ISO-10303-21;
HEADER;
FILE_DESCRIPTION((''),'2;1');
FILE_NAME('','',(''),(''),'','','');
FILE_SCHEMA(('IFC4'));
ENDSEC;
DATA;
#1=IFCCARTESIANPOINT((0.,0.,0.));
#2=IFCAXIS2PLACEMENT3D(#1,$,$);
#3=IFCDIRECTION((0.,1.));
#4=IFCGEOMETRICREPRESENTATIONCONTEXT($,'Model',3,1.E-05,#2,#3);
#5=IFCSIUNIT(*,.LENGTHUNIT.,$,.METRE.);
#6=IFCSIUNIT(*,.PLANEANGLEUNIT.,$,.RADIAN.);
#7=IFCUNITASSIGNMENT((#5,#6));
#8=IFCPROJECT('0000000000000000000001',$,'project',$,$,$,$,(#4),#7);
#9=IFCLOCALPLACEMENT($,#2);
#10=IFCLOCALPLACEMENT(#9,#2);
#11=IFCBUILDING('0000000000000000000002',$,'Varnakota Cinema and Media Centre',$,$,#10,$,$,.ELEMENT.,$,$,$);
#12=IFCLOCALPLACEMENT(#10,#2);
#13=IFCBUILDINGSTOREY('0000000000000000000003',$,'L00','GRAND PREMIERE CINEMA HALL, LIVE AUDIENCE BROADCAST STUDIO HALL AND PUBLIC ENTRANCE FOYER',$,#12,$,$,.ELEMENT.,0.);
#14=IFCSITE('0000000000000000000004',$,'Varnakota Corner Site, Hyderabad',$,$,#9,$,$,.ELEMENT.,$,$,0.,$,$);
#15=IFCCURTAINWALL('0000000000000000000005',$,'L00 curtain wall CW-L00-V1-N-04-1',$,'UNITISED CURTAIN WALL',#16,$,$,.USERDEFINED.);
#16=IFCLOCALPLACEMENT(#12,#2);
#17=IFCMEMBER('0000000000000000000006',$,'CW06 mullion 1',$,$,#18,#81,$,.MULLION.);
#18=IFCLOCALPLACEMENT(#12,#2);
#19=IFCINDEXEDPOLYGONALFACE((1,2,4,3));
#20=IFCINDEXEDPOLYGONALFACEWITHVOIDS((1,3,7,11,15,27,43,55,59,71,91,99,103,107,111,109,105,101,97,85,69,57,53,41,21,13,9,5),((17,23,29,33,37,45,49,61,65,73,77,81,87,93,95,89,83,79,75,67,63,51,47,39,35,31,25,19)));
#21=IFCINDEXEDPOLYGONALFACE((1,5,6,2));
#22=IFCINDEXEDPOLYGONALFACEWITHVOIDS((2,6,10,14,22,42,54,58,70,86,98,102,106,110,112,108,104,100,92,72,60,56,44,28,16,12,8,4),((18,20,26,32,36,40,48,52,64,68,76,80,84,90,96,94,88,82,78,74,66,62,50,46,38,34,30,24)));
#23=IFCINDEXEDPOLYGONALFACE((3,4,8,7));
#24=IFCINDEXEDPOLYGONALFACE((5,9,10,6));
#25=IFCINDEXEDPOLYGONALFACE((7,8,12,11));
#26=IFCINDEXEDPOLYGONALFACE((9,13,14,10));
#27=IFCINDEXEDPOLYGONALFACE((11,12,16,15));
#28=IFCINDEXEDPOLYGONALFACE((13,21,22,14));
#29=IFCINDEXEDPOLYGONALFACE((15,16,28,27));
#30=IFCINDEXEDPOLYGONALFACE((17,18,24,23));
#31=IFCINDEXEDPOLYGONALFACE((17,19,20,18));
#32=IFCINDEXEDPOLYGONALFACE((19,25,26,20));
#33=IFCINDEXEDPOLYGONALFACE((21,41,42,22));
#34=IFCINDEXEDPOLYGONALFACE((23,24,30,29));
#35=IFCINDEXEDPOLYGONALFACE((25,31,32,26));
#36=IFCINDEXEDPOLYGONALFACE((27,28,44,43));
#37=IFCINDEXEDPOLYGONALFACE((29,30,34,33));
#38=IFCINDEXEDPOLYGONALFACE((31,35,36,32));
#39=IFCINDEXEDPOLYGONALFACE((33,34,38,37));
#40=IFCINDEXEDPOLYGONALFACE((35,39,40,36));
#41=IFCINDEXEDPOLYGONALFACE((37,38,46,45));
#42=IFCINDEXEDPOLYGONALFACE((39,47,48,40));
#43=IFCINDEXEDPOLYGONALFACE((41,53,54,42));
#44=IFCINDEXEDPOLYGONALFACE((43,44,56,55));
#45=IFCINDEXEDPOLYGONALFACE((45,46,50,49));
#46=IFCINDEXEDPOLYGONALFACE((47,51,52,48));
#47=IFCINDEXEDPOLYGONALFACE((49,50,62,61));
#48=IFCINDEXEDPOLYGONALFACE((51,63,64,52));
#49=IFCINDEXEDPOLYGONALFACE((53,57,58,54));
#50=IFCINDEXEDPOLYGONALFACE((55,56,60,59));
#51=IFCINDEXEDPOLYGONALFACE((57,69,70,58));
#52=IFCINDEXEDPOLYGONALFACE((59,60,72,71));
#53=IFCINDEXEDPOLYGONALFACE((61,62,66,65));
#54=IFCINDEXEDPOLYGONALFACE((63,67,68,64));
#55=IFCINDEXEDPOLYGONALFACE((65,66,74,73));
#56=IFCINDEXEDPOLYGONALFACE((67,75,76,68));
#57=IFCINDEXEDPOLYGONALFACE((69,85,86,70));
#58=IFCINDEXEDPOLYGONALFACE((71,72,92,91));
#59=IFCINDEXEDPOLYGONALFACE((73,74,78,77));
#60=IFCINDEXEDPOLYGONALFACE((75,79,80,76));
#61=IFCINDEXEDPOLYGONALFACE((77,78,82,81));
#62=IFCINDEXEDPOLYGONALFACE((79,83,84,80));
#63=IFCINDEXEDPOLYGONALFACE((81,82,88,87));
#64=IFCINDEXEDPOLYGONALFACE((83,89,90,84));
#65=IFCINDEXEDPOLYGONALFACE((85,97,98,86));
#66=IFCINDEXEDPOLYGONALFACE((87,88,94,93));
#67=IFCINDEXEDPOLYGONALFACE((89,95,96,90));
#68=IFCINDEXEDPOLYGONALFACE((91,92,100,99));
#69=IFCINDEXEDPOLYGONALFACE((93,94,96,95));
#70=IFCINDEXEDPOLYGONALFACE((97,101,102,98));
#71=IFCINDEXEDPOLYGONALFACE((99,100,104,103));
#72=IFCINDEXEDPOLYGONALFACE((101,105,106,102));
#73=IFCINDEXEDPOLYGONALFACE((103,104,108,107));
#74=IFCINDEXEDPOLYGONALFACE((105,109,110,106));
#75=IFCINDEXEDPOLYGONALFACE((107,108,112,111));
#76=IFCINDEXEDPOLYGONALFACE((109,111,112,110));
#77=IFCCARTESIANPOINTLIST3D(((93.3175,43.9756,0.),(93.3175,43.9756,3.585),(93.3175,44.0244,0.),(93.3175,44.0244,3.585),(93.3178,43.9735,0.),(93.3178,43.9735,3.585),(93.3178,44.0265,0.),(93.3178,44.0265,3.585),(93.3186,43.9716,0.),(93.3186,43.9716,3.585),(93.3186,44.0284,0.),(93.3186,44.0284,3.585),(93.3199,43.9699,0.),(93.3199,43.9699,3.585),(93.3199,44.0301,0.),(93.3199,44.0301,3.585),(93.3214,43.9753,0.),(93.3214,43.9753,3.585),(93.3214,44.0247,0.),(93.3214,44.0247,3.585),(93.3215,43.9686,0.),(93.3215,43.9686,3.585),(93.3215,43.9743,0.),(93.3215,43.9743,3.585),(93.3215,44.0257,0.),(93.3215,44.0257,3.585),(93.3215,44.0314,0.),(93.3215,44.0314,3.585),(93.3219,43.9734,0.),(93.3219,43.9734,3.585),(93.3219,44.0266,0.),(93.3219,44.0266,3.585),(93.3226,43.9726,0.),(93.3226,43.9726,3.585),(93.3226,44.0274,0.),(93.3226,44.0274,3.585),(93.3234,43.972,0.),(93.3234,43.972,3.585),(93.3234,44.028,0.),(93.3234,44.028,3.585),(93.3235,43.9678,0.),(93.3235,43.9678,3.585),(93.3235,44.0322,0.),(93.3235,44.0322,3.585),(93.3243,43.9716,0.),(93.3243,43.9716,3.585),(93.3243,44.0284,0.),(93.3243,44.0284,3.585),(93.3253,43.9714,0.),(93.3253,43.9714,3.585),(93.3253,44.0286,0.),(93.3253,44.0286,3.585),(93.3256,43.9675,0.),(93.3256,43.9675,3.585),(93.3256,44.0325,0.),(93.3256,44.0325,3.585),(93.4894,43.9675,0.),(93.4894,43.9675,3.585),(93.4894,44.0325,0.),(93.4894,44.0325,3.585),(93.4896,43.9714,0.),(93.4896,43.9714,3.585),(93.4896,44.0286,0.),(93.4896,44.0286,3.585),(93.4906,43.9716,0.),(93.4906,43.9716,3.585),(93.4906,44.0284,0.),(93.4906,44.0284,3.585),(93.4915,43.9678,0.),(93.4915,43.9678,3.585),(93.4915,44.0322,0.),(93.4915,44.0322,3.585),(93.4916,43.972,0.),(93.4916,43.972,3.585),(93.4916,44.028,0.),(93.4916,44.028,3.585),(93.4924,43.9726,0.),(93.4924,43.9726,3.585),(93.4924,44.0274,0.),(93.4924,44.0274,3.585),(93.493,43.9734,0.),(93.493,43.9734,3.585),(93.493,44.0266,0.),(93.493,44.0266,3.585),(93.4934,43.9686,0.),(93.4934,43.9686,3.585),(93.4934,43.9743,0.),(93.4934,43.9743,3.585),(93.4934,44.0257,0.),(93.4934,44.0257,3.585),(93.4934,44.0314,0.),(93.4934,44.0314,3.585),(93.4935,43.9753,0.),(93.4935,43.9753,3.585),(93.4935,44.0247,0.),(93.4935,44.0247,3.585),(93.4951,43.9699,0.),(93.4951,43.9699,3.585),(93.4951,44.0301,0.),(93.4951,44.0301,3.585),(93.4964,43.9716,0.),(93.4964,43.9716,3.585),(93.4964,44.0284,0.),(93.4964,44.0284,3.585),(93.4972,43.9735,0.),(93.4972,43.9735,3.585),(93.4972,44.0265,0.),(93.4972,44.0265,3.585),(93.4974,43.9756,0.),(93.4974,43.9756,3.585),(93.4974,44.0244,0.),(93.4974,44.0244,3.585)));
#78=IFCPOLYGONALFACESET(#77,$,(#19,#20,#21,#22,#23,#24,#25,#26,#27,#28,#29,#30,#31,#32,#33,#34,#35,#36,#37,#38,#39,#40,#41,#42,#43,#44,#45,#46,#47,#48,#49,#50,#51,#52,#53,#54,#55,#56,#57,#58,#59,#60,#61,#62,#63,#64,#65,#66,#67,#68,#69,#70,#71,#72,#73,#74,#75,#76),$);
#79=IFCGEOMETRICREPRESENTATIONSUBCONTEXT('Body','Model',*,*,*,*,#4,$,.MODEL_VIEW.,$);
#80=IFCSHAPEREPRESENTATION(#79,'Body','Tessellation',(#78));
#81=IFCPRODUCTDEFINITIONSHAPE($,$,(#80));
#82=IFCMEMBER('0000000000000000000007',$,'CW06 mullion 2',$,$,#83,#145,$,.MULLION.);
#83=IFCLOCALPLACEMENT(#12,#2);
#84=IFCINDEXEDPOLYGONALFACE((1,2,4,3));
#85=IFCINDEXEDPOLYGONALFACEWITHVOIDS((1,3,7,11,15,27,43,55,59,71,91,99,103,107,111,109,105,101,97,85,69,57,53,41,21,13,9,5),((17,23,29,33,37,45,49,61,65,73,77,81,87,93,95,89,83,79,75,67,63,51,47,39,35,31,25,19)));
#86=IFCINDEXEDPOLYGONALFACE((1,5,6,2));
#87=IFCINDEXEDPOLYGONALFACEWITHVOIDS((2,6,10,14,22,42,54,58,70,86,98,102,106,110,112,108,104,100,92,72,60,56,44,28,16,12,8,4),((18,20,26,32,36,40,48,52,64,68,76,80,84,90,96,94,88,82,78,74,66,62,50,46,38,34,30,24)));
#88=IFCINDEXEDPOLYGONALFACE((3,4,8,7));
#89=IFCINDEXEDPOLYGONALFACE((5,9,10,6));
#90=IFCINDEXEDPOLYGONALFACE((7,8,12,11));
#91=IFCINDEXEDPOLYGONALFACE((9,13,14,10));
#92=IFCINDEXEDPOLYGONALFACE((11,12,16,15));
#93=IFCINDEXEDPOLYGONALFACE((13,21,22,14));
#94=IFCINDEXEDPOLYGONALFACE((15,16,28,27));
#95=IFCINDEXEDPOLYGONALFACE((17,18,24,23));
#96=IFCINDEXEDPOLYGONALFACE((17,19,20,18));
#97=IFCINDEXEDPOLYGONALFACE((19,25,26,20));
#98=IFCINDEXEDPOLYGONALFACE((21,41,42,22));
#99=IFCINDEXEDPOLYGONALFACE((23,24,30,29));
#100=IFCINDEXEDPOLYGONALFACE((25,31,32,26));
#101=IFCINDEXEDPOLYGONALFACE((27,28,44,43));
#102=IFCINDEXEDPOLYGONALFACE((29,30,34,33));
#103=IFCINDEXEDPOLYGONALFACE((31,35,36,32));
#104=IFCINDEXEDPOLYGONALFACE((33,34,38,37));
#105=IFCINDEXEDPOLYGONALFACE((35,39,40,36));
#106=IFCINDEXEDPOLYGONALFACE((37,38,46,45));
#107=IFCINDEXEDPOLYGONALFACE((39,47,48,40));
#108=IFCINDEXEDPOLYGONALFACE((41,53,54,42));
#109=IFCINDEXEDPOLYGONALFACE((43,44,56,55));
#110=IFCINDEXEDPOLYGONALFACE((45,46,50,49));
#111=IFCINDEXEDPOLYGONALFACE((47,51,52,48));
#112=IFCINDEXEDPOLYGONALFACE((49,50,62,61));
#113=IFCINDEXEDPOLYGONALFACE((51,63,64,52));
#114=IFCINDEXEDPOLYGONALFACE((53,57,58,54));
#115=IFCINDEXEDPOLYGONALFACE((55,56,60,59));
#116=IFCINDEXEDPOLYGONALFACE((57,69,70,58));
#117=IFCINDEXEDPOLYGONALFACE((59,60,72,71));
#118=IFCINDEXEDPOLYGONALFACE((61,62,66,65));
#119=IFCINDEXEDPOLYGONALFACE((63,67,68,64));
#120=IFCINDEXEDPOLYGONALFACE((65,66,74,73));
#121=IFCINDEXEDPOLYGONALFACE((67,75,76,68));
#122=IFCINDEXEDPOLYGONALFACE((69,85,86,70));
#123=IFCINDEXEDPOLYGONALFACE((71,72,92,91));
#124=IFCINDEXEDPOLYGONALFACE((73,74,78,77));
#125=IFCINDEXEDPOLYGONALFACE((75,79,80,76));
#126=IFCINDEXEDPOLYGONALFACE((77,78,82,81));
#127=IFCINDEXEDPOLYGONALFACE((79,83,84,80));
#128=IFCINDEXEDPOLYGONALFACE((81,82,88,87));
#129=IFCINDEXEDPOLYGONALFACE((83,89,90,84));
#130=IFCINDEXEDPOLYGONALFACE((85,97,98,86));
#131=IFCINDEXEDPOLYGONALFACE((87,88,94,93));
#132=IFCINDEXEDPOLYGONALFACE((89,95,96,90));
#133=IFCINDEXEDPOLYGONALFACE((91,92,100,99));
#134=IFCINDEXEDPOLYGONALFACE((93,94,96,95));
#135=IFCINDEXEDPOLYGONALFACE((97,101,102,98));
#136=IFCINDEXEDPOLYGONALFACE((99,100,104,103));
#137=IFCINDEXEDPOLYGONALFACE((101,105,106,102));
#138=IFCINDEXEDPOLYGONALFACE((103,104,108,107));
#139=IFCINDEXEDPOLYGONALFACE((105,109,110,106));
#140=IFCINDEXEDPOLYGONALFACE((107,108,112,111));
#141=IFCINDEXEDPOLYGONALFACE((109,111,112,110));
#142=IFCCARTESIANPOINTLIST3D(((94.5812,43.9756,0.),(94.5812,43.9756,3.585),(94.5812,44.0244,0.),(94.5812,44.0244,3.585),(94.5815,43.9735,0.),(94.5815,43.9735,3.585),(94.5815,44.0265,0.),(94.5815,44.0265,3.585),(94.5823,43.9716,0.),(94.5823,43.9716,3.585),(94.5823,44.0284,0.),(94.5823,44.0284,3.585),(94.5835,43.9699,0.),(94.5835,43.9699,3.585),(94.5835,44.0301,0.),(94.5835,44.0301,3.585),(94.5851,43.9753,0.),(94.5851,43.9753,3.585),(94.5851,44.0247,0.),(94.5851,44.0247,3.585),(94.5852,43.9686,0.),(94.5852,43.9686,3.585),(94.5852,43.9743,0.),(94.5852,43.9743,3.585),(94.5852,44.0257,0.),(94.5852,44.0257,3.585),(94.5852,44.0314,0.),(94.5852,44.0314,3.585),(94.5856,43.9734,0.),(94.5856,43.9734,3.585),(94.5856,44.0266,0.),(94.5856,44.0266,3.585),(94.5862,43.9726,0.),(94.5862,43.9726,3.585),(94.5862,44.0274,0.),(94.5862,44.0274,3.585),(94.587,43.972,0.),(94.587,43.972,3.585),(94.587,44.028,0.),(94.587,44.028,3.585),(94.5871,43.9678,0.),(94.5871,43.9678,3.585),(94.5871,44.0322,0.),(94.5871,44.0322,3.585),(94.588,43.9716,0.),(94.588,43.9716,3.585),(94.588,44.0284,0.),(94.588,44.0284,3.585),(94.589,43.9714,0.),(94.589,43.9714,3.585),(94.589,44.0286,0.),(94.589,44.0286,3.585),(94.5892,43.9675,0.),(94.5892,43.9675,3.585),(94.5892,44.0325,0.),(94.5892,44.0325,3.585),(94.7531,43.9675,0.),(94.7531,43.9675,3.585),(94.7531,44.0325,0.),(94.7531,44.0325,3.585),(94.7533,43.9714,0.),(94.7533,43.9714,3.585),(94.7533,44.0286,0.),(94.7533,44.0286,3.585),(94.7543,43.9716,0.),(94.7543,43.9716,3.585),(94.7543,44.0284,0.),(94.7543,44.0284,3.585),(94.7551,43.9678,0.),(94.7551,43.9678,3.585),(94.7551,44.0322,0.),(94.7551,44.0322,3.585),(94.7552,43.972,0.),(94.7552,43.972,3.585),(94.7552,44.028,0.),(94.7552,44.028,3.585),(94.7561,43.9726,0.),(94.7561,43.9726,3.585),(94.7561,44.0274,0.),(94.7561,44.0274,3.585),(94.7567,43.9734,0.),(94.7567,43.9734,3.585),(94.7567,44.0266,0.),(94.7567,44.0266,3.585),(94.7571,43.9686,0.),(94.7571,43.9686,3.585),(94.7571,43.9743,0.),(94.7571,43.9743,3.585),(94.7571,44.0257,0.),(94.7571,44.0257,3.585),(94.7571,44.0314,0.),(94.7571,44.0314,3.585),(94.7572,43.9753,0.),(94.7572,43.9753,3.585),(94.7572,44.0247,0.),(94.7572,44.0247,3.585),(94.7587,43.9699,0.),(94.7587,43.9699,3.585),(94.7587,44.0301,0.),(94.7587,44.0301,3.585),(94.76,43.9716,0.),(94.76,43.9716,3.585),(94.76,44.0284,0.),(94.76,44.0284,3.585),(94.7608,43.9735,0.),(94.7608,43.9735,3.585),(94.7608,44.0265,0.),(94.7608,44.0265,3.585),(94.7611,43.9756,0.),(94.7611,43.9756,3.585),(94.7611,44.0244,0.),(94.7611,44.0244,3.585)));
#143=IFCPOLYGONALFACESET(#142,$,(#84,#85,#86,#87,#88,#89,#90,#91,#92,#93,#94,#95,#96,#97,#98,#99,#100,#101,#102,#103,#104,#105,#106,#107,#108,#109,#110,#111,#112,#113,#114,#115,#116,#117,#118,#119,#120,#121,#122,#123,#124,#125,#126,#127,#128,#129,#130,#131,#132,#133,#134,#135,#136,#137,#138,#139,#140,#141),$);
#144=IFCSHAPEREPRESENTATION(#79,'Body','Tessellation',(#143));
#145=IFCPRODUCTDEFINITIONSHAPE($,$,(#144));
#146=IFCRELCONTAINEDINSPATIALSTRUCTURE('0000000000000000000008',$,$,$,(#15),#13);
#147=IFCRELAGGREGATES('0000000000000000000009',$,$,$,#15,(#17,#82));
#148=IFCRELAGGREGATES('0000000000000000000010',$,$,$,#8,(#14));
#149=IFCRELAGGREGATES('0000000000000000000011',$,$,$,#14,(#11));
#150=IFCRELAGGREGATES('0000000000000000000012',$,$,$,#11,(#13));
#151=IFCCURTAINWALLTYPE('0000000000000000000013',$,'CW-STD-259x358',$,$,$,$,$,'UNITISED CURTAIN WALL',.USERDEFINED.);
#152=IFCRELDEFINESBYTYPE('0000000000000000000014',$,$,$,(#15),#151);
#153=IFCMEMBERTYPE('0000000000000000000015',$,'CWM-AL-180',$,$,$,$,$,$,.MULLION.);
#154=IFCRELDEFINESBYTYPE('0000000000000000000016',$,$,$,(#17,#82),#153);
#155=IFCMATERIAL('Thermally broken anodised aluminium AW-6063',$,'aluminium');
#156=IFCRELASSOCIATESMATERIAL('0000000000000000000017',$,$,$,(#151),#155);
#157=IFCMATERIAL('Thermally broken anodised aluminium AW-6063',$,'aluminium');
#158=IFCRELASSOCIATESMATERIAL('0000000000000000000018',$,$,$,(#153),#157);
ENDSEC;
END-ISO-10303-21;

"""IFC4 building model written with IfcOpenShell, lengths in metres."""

from ifc_helpers import new_model, si_unit, direction, frame, origin, origin_2d, place, context, subcontext, project, spatial, hollow_rectangle, extrude, material, material_profile, profile_set, type_object, element, aggregate, save


model = new_model("IFC4")

# Units and contexts
model_context = context("Model", 3, precision=1e-05, world=origin(), true_north=direction((0.0, 1.0)))
body_context = subcontext(model_context, "Body", "Model", "MODEL_VIEW")
ifc_project = project(units=[si_unit("LENGTHUNIT", "METRE"), si_unit("PLANEANGLEUNIT", "RADIAN")], contexts=[model_context])

# Site, building, storey
site_placement = place(None, origin())
site = spatial("IfcSite", under=ifc_project, at=site_placement, Name="Varnakota Corner Site, Hyderabad", CompositionType="ELEMENT", RefElevation=0.0)
building_placement = place(site_placement, origin())
building = spatial("IfcBuilding", under=site, at=building_placement, Name="Varnakota Cinema and Media Centre", CompositionType="ELEMENT")
storey_placement = place(building_placement, origin())
storey = spatial("IfcBuildingStorey", under=building, at=storey_placement, Name="L00", Description="GRAND PREMIERE CINEMA HALL, LIVE AUDIENCE BROADCAST STUDIO HALL AND PUBLIC ENTRANCE FOYER", CompositionType="ELEMENT", Elevation=0.0)

# Curtain wall, members
ifc_material_1 = material(Name="Thermally broken anodised aluminium AW-6063", Category="aluminium")
curtain_wall_type = type_object("IfcCurtainWallType", Name="CW-STD-259x358", ElementType="UNITISED CURTAIN WALL", PredefinedType="USERDEFINED", material=ifc_material_1)
ifc_material_2 = material(Name="Thermally broken anodised aluminium AW-6063", Category="aluminium")
ifc_material_profile_1 = material_profile(ifc_material_2, hollow_rectangle(XDim=0.0649, YDim=0.1799, WallThickness=0.0039, InnerFilletRadius=0.0039, OuterFilletRadius=0.0081, at=origin_2d()), Name="AL-MULLION 180x65x4")
ifc_profile_set_1 = profile_set([ifc_material_profile_1], Name="Thermally broken anodised aluminium AW-6063")
member_type_1 = type_object("IfcMemberType", Name="CWM-AL-180", PredefinedType="MULLION", material=ifc_profile_set_1)
curtain_wall_1_placement = place(storey_placement, origin())
curtain_wall_1 = element("IfcCurtainWall", 1, at=curtain_wall_1_placement, inside=storey, type_object=curtain_wall_type, Name="L00 curtain wall CW-L00-V1-N-04-1", ObjectType="UNITISED CURTAIN WALL", PredefinedType="USERDEFINED")
member_1_placement = place(storey_placement, frame((93.4075, 44.0, 0.0), z_axis=(0.0, 0.0, 1.0), x_axis=(0.0, 1.0, 0.0)))
member_1 = element("IfcMember", 2, at=member_1_placement, type_object=member_type_1, Name="CW06 mullion 1", PredefinedType="MULLION", context=body_context, shape_type="SweptSolid", body=[
    extrude(hollow_rectangle(XDim=0.0649, YDim=0.1799, WallThickness=0.0039, InnerFilletRadius=0.0039, OuterFilletRadius=0.0081, at=origin_2d()), origin(), (0.0, 0.0, 1.0), 3.585),
])
member_2_placement = place(storey_placement, frame((94.6711, 44.0, 0.0), z_axis=(0.0, 0.0, 1.0), x_axis=(0.0, 1.0, 0.0)))
member_2 = element("IfcMember", 3, at=member_2_placement, type_object=member_type_1, Name="CW06 mullion 2", PredefinedType="MULLION", context=body_context, shape_type="SweptSolid", body=[
    extrude(hollow_rectangle(XDim=0.0649, YDim=0.1799, WallThickness=0.0039, InnerFilletRadius=0.0039, OuterFilletRadius=0.0081, at=origin_2d()), origin(), (0.0, 0.0, 1.0), 3.585),
])

aggregate(curtain_wall_1, [member_1, member_2])

save(model, "model.ifc")
